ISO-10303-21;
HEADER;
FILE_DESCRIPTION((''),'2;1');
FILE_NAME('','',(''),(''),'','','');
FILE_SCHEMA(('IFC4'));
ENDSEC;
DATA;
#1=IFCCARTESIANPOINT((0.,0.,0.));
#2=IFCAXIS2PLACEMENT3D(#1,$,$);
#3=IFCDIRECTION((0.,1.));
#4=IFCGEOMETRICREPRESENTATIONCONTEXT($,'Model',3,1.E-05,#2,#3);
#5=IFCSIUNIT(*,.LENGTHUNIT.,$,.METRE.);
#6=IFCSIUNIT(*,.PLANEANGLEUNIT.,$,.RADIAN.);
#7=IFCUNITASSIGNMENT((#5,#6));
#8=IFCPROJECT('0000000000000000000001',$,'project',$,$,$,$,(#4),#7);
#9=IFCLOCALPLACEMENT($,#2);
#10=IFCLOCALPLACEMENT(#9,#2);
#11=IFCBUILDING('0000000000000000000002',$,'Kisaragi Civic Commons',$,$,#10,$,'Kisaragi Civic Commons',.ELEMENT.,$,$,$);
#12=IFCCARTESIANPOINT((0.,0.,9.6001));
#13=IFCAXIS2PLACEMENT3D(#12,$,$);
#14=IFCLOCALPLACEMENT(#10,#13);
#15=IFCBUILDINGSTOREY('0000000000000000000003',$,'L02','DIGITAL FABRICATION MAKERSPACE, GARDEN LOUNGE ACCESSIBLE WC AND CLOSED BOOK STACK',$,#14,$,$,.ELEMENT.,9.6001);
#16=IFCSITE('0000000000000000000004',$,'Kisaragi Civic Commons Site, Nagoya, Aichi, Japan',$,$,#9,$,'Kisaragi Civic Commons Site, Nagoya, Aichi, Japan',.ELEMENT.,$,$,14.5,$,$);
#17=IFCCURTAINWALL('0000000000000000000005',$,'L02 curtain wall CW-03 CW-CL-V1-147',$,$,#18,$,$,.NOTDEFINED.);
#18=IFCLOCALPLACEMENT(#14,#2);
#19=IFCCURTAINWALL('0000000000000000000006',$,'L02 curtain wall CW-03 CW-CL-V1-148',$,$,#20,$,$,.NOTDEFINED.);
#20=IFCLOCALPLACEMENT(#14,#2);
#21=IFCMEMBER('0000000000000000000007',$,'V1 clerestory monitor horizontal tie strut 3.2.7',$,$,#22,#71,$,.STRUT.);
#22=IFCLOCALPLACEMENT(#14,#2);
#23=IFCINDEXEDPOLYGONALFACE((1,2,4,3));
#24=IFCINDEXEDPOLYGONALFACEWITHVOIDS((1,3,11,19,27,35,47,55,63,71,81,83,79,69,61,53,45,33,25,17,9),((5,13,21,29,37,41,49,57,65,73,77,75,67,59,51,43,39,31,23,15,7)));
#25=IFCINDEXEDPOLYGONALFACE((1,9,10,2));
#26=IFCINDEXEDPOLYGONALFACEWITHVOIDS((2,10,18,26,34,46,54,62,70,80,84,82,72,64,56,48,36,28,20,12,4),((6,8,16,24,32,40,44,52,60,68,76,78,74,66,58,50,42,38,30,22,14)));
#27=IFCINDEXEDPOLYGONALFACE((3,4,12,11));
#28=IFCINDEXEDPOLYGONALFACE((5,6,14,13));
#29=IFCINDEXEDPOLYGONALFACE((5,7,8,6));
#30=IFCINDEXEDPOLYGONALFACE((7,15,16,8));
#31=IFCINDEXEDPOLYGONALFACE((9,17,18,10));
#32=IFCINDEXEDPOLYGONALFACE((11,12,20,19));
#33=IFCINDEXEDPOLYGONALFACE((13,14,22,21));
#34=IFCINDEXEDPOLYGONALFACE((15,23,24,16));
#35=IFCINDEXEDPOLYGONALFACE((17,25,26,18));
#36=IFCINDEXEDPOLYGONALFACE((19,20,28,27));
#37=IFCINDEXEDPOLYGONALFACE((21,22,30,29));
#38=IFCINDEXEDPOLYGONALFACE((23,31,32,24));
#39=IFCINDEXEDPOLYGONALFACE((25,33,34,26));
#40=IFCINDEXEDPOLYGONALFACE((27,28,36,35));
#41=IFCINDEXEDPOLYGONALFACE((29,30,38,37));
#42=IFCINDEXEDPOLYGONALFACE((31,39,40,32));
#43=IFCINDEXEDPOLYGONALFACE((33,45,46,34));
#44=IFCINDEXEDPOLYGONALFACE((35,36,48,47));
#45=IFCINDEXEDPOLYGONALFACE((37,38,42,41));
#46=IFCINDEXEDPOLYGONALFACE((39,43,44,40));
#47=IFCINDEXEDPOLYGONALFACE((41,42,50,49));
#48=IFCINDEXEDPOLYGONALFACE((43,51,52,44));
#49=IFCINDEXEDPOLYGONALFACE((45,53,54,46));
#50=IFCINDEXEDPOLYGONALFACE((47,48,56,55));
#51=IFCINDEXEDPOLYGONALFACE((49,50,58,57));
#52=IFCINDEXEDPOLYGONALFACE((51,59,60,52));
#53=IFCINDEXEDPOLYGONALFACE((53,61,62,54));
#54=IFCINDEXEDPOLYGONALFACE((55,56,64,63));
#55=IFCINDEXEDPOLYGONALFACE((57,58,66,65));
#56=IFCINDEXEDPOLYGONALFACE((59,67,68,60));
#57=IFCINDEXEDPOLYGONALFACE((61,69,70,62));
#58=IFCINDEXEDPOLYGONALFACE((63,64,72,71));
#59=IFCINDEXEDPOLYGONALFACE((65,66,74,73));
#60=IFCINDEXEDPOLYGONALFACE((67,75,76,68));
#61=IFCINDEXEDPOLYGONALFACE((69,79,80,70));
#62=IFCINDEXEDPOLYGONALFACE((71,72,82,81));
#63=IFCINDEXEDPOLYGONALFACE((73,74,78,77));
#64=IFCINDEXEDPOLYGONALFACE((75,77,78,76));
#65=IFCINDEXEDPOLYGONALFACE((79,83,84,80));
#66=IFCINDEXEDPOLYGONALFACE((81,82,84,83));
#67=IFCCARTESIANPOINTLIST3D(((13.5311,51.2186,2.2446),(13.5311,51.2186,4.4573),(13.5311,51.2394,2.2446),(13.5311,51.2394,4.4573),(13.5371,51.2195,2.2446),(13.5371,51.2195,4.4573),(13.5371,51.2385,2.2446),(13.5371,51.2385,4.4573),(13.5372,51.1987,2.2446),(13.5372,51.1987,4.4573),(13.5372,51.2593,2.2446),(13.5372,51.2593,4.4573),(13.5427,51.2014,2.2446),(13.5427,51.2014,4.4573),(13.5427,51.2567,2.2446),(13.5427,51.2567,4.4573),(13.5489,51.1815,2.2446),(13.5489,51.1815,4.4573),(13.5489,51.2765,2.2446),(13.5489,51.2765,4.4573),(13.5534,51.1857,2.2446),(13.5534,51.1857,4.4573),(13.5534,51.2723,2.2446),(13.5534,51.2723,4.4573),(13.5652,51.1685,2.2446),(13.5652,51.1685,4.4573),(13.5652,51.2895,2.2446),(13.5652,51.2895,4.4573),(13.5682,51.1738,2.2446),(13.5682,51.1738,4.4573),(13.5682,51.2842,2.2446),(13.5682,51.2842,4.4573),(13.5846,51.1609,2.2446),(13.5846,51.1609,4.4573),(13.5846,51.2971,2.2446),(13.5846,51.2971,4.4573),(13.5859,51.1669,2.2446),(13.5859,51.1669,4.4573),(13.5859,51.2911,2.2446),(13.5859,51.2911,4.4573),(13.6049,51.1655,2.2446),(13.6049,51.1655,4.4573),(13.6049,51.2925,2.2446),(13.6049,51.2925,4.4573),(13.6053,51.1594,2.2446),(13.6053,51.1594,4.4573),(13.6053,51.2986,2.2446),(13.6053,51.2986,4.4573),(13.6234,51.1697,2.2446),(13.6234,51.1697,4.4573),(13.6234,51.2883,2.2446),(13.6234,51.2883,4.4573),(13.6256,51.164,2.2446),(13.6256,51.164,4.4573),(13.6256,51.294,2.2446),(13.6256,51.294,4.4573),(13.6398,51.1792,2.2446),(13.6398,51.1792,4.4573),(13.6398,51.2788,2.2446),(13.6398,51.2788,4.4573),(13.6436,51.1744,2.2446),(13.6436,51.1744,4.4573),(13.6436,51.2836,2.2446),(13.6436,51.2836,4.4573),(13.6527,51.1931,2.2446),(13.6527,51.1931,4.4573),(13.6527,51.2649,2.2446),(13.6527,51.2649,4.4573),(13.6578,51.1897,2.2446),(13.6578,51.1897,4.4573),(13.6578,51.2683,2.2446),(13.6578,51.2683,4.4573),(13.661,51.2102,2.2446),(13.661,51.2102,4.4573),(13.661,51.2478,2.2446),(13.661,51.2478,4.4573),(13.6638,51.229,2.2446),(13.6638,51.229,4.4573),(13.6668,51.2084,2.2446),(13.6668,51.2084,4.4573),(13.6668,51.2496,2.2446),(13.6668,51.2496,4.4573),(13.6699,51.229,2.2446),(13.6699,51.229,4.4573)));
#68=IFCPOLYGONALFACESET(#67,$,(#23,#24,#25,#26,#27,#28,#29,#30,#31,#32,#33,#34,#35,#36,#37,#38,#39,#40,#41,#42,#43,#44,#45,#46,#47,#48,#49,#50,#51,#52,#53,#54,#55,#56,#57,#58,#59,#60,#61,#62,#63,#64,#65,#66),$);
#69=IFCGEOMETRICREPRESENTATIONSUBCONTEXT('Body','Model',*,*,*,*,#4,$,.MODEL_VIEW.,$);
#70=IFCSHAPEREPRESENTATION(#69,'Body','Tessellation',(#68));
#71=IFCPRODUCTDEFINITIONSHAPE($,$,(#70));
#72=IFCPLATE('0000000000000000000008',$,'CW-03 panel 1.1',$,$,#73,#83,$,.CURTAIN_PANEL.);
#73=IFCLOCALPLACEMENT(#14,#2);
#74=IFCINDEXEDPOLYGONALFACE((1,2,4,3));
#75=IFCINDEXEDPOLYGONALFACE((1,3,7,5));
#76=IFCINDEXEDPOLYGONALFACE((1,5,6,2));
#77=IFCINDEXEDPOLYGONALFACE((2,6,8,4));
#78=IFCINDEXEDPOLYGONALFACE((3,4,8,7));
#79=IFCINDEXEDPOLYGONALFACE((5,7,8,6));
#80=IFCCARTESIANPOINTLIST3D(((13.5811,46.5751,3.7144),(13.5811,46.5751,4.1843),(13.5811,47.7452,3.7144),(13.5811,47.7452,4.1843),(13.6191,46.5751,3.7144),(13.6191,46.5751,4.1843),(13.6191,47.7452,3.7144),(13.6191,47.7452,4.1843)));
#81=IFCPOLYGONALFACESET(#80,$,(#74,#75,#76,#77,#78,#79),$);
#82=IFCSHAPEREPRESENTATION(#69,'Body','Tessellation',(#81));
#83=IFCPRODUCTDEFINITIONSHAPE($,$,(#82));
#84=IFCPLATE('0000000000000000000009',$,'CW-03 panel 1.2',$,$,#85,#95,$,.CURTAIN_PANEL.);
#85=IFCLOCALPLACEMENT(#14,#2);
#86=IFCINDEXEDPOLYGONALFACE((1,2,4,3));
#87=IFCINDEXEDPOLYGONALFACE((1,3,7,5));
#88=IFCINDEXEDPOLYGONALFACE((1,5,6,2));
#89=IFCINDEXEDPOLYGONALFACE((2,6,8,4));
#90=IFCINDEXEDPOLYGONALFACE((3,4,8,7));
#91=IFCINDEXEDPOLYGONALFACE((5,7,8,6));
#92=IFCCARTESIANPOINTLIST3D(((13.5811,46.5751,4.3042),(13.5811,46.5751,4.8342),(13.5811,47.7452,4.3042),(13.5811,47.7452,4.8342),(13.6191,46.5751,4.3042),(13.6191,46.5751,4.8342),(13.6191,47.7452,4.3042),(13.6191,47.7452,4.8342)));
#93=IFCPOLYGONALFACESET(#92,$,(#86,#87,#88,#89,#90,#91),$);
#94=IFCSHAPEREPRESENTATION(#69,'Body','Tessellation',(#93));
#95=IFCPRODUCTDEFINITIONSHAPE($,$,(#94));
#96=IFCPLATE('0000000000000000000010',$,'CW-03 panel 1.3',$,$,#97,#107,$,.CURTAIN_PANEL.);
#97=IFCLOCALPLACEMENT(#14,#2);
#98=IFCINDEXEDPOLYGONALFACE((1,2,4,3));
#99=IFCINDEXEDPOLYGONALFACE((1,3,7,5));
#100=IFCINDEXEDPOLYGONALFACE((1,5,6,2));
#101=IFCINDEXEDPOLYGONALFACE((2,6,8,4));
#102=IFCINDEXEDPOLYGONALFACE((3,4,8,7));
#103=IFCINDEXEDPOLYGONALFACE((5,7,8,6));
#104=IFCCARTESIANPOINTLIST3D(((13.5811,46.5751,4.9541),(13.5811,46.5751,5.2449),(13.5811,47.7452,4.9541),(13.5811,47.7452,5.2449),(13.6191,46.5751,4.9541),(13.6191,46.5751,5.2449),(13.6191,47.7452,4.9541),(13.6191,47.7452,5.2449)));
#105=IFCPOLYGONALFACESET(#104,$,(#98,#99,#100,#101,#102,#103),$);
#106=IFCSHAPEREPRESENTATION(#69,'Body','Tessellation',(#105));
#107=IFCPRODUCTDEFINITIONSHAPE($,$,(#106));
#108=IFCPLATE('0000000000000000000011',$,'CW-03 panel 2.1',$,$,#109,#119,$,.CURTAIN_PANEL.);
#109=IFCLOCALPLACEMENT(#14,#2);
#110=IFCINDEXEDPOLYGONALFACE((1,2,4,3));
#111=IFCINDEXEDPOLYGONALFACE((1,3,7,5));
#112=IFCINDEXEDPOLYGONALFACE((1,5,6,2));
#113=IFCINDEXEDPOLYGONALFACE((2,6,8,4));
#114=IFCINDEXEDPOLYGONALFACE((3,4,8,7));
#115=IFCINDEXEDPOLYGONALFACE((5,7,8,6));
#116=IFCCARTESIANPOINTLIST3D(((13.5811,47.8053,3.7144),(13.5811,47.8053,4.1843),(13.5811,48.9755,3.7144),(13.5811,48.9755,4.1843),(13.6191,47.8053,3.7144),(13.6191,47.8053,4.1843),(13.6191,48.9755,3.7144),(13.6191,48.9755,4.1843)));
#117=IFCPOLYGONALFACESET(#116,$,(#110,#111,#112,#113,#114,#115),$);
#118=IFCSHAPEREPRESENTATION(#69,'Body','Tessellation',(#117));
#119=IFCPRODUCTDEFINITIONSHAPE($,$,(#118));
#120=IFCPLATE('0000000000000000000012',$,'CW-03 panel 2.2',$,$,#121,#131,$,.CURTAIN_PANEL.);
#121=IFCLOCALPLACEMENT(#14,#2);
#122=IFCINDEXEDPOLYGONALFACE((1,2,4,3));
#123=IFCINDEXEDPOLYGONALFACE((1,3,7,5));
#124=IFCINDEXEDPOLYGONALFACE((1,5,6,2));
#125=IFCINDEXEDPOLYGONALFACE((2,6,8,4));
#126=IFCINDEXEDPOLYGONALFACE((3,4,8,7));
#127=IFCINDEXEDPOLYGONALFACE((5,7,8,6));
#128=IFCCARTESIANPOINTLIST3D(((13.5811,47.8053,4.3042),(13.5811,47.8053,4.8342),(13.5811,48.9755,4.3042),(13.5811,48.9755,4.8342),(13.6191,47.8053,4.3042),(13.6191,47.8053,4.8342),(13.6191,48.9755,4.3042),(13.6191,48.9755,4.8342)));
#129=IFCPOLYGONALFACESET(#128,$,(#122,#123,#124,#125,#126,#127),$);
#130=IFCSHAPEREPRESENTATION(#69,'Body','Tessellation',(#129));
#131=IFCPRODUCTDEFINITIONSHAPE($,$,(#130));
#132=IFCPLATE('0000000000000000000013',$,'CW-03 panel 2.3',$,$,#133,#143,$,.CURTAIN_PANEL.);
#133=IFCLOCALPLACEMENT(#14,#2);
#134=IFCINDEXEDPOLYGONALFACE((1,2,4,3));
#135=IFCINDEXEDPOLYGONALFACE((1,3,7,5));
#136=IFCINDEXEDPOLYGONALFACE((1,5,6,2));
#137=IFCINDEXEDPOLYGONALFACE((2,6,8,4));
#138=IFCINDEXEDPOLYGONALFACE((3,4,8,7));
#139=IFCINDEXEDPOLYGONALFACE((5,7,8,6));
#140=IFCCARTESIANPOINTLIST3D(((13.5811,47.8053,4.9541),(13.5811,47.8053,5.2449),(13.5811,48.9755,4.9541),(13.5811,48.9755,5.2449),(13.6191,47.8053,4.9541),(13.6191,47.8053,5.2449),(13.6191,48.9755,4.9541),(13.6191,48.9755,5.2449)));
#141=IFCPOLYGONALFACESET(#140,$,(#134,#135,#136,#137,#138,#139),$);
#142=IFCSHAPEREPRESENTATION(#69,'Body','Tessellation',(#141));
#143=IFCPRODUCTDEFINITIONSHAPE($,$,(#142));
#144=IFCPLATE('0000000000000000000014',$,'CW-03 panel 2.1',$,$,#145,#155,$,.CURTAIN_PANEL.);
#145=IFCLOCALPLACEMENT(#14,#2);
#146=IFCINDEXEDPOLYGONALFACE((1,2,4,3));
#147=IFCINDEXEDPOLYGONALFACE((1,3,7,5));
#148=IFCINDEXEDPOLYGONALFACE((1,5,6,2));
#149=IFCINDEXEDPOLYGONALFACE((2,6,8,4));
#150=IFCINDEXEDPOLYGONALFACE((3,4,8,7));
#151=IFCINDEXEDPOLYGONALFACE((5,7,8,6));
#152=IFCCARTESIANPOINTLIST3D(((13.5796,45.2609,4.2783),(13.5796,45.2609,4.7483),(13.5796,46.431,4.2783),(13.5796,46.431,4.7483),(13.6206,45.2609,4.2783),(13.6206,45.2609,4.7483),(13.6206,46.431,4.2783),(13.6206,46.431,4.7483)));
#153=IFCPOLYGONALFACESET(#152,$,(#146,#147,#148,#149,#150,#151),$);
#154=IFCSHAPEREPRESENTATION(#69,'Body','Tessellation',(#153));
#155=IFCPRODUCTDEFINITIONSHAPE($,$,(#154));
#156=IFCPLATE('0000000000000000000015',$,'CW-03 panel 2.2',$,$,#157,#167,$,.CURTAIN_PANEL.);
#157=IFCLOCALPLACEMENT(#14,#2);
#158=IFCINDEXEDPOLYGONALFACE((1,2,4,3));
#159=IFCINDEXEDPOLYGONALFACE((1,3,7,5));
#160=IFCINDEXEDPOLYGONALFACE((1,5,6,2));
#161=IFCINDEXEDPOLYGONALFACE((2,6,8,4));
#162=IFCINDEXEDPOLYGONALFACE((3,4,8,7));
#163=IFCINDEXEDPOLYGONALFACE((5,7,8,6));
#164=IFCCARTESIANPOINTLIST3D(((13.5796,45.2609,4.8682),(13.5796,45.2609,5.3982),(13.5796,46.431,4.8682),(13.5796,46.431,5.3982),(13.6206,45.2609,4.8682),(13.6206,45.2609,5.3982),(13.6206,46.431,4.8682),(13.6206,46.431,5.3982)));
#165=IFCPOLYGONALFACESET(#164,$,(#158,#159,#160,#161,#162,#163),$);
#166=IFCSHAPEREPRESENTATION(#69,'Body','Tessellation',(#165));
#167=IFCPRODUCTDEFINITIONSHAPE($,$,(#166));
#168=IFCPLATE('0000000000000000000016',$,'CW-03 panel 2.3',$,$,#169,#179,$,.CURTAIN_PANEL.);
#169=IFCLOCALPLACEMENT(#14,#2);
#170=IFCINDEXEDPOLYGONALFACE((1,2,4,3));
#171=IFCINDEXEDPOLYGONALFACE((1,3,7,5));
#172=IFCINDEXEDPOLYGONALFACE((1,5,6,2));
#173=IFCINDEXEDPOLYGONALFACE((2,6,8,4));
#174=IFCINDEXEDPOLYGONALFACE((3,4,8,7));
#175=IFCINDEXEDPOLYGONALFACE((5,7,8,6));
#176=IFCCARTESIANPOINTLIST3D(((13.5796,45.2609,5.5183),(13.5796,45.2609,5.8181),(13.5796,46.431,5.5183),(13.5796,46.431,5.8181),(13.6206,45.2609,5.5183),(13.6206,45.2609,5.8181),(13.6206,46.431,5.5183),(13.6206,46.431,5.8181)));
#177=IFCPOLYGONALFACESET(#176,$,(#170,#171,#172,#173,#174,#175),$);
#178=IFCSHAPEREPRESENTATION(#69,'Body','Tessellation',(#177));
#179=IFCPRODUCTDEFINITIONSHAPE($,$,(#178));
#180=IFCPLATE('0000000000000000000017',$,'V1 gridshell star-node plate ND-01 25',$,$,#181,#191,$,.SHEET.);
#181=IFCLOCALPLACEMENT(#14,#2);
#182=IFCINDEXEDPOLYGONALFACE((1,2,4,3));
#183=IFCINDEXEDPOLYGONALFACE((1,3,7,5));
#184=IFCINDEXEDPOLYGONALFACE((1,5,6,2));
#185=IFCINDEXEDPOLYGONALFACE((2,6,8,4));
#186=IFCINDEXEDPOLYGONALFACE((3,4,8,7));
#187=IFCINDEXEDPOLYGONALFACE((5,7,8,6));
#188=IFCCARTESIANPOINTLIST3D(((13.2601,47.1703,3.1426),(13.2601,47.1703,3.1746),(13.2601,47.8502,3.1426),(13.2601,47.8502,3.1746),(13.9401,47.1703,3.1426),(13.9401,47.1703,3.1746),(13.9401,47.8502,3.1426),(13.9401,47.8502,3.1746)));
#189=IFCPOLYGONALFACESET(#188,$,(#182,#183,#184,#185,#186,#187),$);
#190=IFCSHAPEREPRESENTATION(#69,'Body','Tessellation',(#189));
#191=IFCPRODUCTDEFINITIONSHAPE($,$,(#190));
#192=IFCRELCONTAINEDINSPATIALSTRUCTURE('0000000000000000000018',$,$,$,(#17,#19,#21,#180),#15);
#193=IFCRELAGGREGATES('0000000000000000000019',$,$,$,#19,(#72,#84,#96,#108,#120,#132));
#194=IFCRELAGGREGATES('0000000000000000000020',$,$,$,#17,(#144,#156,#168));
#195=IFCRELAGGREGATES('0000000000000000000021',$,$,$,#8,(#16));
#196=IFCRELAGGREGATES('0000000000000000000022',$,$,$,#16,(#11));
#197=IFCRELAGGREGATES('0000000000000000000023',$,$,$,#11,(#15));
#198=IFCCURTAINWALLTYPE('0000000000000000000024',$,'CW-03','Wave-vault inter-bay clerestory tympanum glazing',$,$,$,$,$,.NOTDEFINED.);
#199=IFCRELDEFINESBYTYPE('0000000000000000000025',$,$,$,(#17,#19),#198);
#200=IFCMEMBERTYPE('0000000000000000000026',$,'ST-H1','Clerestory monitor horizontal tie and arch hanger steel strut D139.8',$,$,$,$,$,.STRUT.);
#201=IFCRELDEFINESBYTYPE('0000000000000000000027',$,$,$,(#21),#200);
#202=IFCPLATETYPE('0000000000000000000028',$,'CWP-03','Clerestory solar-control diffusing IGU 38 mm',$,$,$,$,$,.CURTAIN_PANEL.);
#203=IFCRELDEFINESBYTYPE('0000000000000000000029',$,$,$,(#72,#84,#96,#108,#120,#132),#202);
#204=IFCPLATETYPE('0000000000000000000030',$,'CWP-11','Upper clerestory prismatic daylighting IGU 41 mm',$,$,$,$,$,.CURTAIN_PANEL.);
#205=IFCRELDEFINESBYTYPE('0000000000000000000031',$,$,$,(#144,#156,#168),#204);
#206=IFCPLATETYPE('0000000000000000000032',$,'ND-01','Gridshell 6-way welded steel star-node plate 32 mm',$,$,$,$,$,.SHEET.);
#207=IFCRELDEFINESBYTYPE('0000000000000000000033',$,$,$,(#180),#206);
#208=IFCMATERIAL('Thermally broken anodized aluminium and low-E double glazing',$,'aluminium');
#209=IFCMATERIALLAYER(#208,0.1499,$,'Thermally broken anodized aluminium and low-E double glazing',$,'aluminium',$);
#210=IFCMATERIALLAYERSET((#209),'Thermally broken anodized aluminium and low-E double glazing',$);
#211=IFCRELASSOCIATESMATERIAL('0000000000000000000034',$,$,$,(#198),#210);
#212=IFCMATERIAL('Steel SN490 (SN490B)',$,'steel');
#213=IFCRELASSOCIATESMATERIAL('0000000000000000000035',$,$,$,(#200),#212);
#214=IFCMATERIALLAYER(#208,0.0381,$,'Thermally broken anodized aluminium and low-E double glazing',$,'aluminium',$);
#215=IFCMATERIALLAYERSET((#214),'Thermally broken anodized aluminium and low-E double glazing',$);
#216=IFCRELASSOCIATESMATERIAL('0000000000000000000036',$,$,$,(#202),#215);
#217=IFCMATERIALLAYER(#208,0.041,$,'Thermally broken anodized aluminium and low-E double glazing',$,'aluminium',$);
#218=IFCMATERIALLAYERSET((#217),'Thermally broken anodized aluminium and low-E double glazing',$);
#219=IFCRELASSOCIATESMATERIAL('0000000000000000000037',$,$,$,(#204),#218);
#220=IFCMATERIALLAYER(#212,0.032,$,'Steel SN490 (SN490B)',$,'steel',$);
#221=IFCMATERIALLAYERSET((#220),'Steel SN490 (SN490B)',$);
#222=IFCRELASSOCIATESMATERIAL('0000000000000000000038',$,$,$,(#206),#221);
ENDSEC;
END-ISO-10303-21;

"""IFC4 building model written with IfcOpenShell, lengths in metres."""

from ifc_helpers import new_model, si_unit, direction, frame, origin, origin_2d, place, context, subcontext, project, spatial, rectangle, hollow_circle, extrude, material, layer, layer_set, material_profile, profile_set, type_object, element, aggregate, save


model = new_model("IFC4")

# Units and contexts
model_context = context("Model", 3, precision=1e-05, world=origin(), true_north=direction((0.0, 1.0)))
body_context = subcontext(model_context, "Body", "Model", "MODEL_VIEW")
ifc_project = project(units=[si_unit("LENGTHUNIT", "METRE"), si_unit("PLANEANGLEUNIT", "RADIAN")], contexts=[model_context])

# Site, building, storey
site_placement = place(None, origin())
site = spatial("IfcSite", under=ifc_project, at=site_placement, Name="Kisaragi Civic Commons Site, Nagoya, Aichi, Japan", LongName="Kisaragi Civic Commons Site, Nagoya, Aichi, Japan", CompositionType="ELEMENT", RefElevation=14.5)
building_placement = place(site_placement, origin())
building = spatial("IfcBuilding", under=site, at=building_placement, Name="Kisaragi Civic Commons", LongName="Kisaragi Civic Commons", CompositionType="ELEMENT")
storey_placement = place(building_placement, frame((0.0, 0.0, 9.6001)))
storey = spatial("IfcBuildingStorey", under=building, at=storey_placement, Name="L02", Description="DIGITAL FABRICATION MAKERSPACE, GARDEN LOUNGE ACCESSIBLE WC AND CLOSED BOOK STACK", CompositionType="ELEMENT", Elevation=9.6001)

# Curtain wall
ifc_material_1 = material(Name="Thermally broken anodized aluminium and low-E double glazing", Category="aluminium")
ifc_layer_1 = layer(ifc_material_1, 0.1499, Name="Thermally broken anodized aluminium and low-E double glazing", Category="aluminium")
ifc_layer_set_1 = layer_set([ifc_layer_1], Name="Thermally broken anodized aluminium and low-E double glazing")
curtain_wall_type = type_object("IfcCurtainWallType", Name="CW-03", Description="Wave-vault inter-bay clerestory tympanum glazing", PredefinedType="NOTDEFINED", material=ifc_layer_set_1)
curtain_wall_1_placement = place(storey_placement, origin())
curtain_wall_1 = element("IfcCurtainWall", 1, at=curtain_wall_1_placement, inside=storey, type_object=curtain_wall_type, Name="L02 curtain wall CW-03 CW-CL-V1-147", PredefinedType="NOTDEFINED")

# Curtain wall
curtain_wall_2_placement = place(storey_placement, origin())
curtain_wall_2 = element("IfcCurtainWall", 2, at=curtain_wall_2_placement, inside=storey, type_object=curtain_wall_type, Name="L02 curtain wall CW-03 CW-CL-V1-148", PredefinedType="NOTDEFINED")

# Member
ifc_material_2 = material(Name="Steel SN490 (SN490B)", Category="steel")
ifc_material_profile_1 = material_profile(ifc_material_2, hollow_circle(Radius=0.0698, WallThickness=0.0061, at=origin_2d()), Name="CHS-139.8x6.0", Category="steel")
ifc_profile_set_1 = profile_set([ifc_material_profile_1], Name="Steel SN490 (SN490B)")
member_type_1 = type_object("IfcMemberType", Name="ST-H1", Description="Clerestory monitor horizontal tie and arch hanger steel strut D139.8", PredefinedType="STRUT", material=ifc_profile_set_1)
member_1_placement = place(storey_placement, frame((13.6001, 51.229, 2.2446), z_axis=(0.0, 0.0, 1.0), x_axis=(1.0, 0.0, 0.0)))
element("IfcMember", 3, at=member_1_placement, inside=storey, type_object=member_type_1, Name="V1 clerestory monitor horizontal tie strut 3.2.7", PredefinedType="STRUT", context=body_context, shape_type="SweptSolid", body=[
    extrude(hollow_circle(Radius=0.0698, WallThickness=0.0061, at=origin_2d()), origin(), (0.0, 0.0, 1.0), 2.2126),
])

# Plates
ifc_layer_2 = layer(ifc_material_1, 0.0381, Name="Thermally broken anodized aluminium and low-E double glazing", Category="aluminium")
ifc_layer_set_2 = layer_set([ifc_layer_2], Name="Thermally broken anodized aluminium and low-E double glazing")
plate_type_1 = type_object("IfcPlateType", Name="CWP-03", Description="Clerestory solar-control diffusing IGU 38 mm", PredefinedType="CURTAIN_PANEL", material=ifc_layer_set_2)
plate_1_placement = place(storey_placement, frame((13.6001, 47.1602, 3.7144), z_axis=(0.0, 0.0, 1.0), x_axis=(0.0, 1.0, 0.0)))
plate_1 = element("IfcPlate", 4, at=plate_1_placement, type_object=plate_type_1, Name="CW-03 panel 1.1", PredefinedType="CURTAIN_PANEL", context=body_context, shape_type="SweptSolid", body=[
    extrude(rectangle(XDim=1.1702, YDim=0.0381, at=origin_2d()), origin(), (0.0, 0.0, 1.0), 0.47),
])
plate_2_placement = place(storey_placement, frame((13.6001, 47.1602, 4.3042), z_axis=(0.0, 0.0, 1.0), x_axis=(0.0, 1.0, 0.0)))
plate_2 = element("IfcPlate", 5, at=plate_2_placement, type_object=plate_type_1, Name="CW-03 panel 1.2", PredefinedType="CURTAIN_PANEL", context=body_context, shape_type="SweptSolid", body=[
    extrude(rectangle(XDim=1.1702, YDim=0.0381, at=origin_2d()), origin(), (0.0, 0.0, 1.0), 0.53),
])
plate_3_placement = place(storey_placement, frame((13.6001, 47.1602, 4.9541), z_axis=(0.0, 0.0, 1.0), x_axis=(0.0, 1.0, 0.0)))
plate_3 = element("IfcPlate", 6, at=plate_3_placement, type_object=plate_type_1, Name="CW-03 panel 1.3", PredefinedType="CURTAIN_PANEL", context=body_context, shape_type="SweptSolid", body=[
    extrude(rectangle(XDim=1.1702, YDim=0.0381, at=origin_2d()), origin(), (0.0, 0.0, 1.0), 0.2908),
])
plate_4_placement = place(storey_placement, frame((13.6001, 48.3904, 3.7144), z_axis=(0.0, 0.0, 1.0), x_axis=(0.0, 1.0, 0.0)))
plate_4 = element("IfcPlate", 7, at=plate_4_placement, type_object=plate_type_1, Name="CW-03 panel 2.1", PredefinedType="CURTAIN_PANEL", context=body_context, shape_type="SweptSolid", body=[
    extrude(rectangle(XDim=1.1702, YDim=0.0381, at=origin_2d()), origin(), (0.0, 0.0, 1.0), 0.47),
])
plate_5_placement = place(storey_placement, frame((13.6001, 48.3904, 4.3042), z_axis=(0.0, 0.0, 1.0), x_axis=(0.0, 1.0, 0.0)))
plate_5 = element("IfcPlate", 8, at=plate_5_placement, type_object=plate_type_1, Name="CW-03 panel 2.2", PredefinedType="CURTAIN_PANEL", context=body_context, shape_type="SweptSolid", body=[
    extrude(rectangle(XDim=1.1702, YDim=0.0381, at=origin_2d()), origin(), (0.0, 0.0, 1.0), 0.53),
])
plate_6_placement = place(storey_placement, frame((13.6001, 48.3904, 4.9541), z_axis=(0.0, 0.0, 1.0), x_axis=(0.0, 1.0, 0.0)))
plate_6 = element("IfcPlate", 9, at=plate_6_placement, type_object=plate_type_1, Name="CW-03 panel 2.3", PredefinedType="CURTAIN_PANEL", context=body_context, shape_type="SweptSolid", body=[
    extrude(rectangle(XDim=1.1702, YDim=0.0381, at=origin_2d()), origin(), (0.0, 0.0, 1.0), 0.2908),
])
aggregate(curtain_wall_2, [plate_1, plate_2, plate_3, plate_4, plate_5, plate_6])
ifc_layer_3 = layer(ifc_material_1, 0.041, Name="Thermally broken anodized aluminium and low-E double glazing", Category="aluminium")
ifc_layer_set_3 = layer_set([ifc_layer_3], Name="Thermally broken anodized aluminium and low-E double glazing")
plate_type_2 = type_object("IfcPlateType", Name="CWP-11", Description="Upper clerestory prismatic daylighting IGU 41 mm", PredefinedType="CURTAIN_PANEL", material=ifc_layer_set_3)
plate_7_placement = place(storey_placement, frame((13.6001, 45.8459, 4.2783), z_axis=(0.0, 0.0, 1.0), x_axis=(0.0, 1.0, 0.0)))
plate_7 = element("IfcPlate", 10, at=plate_7_placement, type_object=plate_type_2, Name="CW-03 panel 2.1", PredefinedType="CURTAIN_PANEL", context=body_context, shape_type="SweptSolid", body=[
    extrude(rectangle(XDim=1.1702, YDim=0.041, at=origin_2d()), origin(), (0.0, 0.0, 1.0), 0.47),
])
plate_8_placement = place(storey_placement, frame((13.6001, 45.8459, 4.8682), z_axis=(0.0, 0.0, 1.0), x_axis=(0.0, 1.0, 0.0)))
plate_8 = element("IfcPlate", 11, at=plate_8_placement, type_object=plate_type_2, Name="CW-03 panel 2.2", PredefinedType="CURTAIN_PANEL", context=body_context, shape_type="SweptSolid", body=[
    extrude(rectangle(XDim=1.1702, YDim=0.041, at=origin_2d()), origin(), (0.0, 0.0, 1.0), 0.53),
])
plate_9_placement = place(storey_placement, frame((13.6001, 45.8459, 5.5183), z_axis=(0.0, 0.0, 1.0), x_axis=(0.0, 1.0, 0.0)))
plate_9 = element("IfcPlate", 12, at=plate_9_placement, type_object=plate_type_2, Name="CW-03 panel 2.3", PredefinedType="CURTAIN_PANEL", context=body_context, shape_type="SweptSolid", body=[
    extrude(rectangle(XDim=1.1702, YDim=0.041, at=origin_2d()), origin(), (0.0, 0.0, 1.0), 0.2998),
])
aggregate(curtain_wall_1, [plate_7, plate_8, plate_9])
ifc_layer_4 = layer(ifc_material_2, 0.032, Name="Steel SN490 (SN490B)", Category="steel")
ifc_layer_set_4 = layer_set([ifc_layer_4], Name="Steel SN490 (SN490B)")
plate_type_3 = type_object("IfcPlateType", Name="ND-01", Description="Gridshell 6-way welded steel star-node plate 32 mm", PredefinedType="SHEET", material=ifc_layer_set_4)
plate_10_placement = place(storey_placement, frame((13.6001, 47.5103, 3.1426), z_axis=(0.0, 0.0, 1.0), x_axis=(1.0, 0.0, 0.0)))
element("IfcPlate", 13, at=plate_10_placement, inside=storey, type_object=plate_type_3, Name="V1 gridshell star-node plate ND-01 25", PredefinedType="SHEET", context=body_context, shape_type="SweptSolid", body=[
    extrude(rectangle(XDim=0.6799, YDim=0.6799, at=origin_2d()), origin(), (0.0, 0.0, 1.0), 0.032),
])

save(model, "model.ifc")
